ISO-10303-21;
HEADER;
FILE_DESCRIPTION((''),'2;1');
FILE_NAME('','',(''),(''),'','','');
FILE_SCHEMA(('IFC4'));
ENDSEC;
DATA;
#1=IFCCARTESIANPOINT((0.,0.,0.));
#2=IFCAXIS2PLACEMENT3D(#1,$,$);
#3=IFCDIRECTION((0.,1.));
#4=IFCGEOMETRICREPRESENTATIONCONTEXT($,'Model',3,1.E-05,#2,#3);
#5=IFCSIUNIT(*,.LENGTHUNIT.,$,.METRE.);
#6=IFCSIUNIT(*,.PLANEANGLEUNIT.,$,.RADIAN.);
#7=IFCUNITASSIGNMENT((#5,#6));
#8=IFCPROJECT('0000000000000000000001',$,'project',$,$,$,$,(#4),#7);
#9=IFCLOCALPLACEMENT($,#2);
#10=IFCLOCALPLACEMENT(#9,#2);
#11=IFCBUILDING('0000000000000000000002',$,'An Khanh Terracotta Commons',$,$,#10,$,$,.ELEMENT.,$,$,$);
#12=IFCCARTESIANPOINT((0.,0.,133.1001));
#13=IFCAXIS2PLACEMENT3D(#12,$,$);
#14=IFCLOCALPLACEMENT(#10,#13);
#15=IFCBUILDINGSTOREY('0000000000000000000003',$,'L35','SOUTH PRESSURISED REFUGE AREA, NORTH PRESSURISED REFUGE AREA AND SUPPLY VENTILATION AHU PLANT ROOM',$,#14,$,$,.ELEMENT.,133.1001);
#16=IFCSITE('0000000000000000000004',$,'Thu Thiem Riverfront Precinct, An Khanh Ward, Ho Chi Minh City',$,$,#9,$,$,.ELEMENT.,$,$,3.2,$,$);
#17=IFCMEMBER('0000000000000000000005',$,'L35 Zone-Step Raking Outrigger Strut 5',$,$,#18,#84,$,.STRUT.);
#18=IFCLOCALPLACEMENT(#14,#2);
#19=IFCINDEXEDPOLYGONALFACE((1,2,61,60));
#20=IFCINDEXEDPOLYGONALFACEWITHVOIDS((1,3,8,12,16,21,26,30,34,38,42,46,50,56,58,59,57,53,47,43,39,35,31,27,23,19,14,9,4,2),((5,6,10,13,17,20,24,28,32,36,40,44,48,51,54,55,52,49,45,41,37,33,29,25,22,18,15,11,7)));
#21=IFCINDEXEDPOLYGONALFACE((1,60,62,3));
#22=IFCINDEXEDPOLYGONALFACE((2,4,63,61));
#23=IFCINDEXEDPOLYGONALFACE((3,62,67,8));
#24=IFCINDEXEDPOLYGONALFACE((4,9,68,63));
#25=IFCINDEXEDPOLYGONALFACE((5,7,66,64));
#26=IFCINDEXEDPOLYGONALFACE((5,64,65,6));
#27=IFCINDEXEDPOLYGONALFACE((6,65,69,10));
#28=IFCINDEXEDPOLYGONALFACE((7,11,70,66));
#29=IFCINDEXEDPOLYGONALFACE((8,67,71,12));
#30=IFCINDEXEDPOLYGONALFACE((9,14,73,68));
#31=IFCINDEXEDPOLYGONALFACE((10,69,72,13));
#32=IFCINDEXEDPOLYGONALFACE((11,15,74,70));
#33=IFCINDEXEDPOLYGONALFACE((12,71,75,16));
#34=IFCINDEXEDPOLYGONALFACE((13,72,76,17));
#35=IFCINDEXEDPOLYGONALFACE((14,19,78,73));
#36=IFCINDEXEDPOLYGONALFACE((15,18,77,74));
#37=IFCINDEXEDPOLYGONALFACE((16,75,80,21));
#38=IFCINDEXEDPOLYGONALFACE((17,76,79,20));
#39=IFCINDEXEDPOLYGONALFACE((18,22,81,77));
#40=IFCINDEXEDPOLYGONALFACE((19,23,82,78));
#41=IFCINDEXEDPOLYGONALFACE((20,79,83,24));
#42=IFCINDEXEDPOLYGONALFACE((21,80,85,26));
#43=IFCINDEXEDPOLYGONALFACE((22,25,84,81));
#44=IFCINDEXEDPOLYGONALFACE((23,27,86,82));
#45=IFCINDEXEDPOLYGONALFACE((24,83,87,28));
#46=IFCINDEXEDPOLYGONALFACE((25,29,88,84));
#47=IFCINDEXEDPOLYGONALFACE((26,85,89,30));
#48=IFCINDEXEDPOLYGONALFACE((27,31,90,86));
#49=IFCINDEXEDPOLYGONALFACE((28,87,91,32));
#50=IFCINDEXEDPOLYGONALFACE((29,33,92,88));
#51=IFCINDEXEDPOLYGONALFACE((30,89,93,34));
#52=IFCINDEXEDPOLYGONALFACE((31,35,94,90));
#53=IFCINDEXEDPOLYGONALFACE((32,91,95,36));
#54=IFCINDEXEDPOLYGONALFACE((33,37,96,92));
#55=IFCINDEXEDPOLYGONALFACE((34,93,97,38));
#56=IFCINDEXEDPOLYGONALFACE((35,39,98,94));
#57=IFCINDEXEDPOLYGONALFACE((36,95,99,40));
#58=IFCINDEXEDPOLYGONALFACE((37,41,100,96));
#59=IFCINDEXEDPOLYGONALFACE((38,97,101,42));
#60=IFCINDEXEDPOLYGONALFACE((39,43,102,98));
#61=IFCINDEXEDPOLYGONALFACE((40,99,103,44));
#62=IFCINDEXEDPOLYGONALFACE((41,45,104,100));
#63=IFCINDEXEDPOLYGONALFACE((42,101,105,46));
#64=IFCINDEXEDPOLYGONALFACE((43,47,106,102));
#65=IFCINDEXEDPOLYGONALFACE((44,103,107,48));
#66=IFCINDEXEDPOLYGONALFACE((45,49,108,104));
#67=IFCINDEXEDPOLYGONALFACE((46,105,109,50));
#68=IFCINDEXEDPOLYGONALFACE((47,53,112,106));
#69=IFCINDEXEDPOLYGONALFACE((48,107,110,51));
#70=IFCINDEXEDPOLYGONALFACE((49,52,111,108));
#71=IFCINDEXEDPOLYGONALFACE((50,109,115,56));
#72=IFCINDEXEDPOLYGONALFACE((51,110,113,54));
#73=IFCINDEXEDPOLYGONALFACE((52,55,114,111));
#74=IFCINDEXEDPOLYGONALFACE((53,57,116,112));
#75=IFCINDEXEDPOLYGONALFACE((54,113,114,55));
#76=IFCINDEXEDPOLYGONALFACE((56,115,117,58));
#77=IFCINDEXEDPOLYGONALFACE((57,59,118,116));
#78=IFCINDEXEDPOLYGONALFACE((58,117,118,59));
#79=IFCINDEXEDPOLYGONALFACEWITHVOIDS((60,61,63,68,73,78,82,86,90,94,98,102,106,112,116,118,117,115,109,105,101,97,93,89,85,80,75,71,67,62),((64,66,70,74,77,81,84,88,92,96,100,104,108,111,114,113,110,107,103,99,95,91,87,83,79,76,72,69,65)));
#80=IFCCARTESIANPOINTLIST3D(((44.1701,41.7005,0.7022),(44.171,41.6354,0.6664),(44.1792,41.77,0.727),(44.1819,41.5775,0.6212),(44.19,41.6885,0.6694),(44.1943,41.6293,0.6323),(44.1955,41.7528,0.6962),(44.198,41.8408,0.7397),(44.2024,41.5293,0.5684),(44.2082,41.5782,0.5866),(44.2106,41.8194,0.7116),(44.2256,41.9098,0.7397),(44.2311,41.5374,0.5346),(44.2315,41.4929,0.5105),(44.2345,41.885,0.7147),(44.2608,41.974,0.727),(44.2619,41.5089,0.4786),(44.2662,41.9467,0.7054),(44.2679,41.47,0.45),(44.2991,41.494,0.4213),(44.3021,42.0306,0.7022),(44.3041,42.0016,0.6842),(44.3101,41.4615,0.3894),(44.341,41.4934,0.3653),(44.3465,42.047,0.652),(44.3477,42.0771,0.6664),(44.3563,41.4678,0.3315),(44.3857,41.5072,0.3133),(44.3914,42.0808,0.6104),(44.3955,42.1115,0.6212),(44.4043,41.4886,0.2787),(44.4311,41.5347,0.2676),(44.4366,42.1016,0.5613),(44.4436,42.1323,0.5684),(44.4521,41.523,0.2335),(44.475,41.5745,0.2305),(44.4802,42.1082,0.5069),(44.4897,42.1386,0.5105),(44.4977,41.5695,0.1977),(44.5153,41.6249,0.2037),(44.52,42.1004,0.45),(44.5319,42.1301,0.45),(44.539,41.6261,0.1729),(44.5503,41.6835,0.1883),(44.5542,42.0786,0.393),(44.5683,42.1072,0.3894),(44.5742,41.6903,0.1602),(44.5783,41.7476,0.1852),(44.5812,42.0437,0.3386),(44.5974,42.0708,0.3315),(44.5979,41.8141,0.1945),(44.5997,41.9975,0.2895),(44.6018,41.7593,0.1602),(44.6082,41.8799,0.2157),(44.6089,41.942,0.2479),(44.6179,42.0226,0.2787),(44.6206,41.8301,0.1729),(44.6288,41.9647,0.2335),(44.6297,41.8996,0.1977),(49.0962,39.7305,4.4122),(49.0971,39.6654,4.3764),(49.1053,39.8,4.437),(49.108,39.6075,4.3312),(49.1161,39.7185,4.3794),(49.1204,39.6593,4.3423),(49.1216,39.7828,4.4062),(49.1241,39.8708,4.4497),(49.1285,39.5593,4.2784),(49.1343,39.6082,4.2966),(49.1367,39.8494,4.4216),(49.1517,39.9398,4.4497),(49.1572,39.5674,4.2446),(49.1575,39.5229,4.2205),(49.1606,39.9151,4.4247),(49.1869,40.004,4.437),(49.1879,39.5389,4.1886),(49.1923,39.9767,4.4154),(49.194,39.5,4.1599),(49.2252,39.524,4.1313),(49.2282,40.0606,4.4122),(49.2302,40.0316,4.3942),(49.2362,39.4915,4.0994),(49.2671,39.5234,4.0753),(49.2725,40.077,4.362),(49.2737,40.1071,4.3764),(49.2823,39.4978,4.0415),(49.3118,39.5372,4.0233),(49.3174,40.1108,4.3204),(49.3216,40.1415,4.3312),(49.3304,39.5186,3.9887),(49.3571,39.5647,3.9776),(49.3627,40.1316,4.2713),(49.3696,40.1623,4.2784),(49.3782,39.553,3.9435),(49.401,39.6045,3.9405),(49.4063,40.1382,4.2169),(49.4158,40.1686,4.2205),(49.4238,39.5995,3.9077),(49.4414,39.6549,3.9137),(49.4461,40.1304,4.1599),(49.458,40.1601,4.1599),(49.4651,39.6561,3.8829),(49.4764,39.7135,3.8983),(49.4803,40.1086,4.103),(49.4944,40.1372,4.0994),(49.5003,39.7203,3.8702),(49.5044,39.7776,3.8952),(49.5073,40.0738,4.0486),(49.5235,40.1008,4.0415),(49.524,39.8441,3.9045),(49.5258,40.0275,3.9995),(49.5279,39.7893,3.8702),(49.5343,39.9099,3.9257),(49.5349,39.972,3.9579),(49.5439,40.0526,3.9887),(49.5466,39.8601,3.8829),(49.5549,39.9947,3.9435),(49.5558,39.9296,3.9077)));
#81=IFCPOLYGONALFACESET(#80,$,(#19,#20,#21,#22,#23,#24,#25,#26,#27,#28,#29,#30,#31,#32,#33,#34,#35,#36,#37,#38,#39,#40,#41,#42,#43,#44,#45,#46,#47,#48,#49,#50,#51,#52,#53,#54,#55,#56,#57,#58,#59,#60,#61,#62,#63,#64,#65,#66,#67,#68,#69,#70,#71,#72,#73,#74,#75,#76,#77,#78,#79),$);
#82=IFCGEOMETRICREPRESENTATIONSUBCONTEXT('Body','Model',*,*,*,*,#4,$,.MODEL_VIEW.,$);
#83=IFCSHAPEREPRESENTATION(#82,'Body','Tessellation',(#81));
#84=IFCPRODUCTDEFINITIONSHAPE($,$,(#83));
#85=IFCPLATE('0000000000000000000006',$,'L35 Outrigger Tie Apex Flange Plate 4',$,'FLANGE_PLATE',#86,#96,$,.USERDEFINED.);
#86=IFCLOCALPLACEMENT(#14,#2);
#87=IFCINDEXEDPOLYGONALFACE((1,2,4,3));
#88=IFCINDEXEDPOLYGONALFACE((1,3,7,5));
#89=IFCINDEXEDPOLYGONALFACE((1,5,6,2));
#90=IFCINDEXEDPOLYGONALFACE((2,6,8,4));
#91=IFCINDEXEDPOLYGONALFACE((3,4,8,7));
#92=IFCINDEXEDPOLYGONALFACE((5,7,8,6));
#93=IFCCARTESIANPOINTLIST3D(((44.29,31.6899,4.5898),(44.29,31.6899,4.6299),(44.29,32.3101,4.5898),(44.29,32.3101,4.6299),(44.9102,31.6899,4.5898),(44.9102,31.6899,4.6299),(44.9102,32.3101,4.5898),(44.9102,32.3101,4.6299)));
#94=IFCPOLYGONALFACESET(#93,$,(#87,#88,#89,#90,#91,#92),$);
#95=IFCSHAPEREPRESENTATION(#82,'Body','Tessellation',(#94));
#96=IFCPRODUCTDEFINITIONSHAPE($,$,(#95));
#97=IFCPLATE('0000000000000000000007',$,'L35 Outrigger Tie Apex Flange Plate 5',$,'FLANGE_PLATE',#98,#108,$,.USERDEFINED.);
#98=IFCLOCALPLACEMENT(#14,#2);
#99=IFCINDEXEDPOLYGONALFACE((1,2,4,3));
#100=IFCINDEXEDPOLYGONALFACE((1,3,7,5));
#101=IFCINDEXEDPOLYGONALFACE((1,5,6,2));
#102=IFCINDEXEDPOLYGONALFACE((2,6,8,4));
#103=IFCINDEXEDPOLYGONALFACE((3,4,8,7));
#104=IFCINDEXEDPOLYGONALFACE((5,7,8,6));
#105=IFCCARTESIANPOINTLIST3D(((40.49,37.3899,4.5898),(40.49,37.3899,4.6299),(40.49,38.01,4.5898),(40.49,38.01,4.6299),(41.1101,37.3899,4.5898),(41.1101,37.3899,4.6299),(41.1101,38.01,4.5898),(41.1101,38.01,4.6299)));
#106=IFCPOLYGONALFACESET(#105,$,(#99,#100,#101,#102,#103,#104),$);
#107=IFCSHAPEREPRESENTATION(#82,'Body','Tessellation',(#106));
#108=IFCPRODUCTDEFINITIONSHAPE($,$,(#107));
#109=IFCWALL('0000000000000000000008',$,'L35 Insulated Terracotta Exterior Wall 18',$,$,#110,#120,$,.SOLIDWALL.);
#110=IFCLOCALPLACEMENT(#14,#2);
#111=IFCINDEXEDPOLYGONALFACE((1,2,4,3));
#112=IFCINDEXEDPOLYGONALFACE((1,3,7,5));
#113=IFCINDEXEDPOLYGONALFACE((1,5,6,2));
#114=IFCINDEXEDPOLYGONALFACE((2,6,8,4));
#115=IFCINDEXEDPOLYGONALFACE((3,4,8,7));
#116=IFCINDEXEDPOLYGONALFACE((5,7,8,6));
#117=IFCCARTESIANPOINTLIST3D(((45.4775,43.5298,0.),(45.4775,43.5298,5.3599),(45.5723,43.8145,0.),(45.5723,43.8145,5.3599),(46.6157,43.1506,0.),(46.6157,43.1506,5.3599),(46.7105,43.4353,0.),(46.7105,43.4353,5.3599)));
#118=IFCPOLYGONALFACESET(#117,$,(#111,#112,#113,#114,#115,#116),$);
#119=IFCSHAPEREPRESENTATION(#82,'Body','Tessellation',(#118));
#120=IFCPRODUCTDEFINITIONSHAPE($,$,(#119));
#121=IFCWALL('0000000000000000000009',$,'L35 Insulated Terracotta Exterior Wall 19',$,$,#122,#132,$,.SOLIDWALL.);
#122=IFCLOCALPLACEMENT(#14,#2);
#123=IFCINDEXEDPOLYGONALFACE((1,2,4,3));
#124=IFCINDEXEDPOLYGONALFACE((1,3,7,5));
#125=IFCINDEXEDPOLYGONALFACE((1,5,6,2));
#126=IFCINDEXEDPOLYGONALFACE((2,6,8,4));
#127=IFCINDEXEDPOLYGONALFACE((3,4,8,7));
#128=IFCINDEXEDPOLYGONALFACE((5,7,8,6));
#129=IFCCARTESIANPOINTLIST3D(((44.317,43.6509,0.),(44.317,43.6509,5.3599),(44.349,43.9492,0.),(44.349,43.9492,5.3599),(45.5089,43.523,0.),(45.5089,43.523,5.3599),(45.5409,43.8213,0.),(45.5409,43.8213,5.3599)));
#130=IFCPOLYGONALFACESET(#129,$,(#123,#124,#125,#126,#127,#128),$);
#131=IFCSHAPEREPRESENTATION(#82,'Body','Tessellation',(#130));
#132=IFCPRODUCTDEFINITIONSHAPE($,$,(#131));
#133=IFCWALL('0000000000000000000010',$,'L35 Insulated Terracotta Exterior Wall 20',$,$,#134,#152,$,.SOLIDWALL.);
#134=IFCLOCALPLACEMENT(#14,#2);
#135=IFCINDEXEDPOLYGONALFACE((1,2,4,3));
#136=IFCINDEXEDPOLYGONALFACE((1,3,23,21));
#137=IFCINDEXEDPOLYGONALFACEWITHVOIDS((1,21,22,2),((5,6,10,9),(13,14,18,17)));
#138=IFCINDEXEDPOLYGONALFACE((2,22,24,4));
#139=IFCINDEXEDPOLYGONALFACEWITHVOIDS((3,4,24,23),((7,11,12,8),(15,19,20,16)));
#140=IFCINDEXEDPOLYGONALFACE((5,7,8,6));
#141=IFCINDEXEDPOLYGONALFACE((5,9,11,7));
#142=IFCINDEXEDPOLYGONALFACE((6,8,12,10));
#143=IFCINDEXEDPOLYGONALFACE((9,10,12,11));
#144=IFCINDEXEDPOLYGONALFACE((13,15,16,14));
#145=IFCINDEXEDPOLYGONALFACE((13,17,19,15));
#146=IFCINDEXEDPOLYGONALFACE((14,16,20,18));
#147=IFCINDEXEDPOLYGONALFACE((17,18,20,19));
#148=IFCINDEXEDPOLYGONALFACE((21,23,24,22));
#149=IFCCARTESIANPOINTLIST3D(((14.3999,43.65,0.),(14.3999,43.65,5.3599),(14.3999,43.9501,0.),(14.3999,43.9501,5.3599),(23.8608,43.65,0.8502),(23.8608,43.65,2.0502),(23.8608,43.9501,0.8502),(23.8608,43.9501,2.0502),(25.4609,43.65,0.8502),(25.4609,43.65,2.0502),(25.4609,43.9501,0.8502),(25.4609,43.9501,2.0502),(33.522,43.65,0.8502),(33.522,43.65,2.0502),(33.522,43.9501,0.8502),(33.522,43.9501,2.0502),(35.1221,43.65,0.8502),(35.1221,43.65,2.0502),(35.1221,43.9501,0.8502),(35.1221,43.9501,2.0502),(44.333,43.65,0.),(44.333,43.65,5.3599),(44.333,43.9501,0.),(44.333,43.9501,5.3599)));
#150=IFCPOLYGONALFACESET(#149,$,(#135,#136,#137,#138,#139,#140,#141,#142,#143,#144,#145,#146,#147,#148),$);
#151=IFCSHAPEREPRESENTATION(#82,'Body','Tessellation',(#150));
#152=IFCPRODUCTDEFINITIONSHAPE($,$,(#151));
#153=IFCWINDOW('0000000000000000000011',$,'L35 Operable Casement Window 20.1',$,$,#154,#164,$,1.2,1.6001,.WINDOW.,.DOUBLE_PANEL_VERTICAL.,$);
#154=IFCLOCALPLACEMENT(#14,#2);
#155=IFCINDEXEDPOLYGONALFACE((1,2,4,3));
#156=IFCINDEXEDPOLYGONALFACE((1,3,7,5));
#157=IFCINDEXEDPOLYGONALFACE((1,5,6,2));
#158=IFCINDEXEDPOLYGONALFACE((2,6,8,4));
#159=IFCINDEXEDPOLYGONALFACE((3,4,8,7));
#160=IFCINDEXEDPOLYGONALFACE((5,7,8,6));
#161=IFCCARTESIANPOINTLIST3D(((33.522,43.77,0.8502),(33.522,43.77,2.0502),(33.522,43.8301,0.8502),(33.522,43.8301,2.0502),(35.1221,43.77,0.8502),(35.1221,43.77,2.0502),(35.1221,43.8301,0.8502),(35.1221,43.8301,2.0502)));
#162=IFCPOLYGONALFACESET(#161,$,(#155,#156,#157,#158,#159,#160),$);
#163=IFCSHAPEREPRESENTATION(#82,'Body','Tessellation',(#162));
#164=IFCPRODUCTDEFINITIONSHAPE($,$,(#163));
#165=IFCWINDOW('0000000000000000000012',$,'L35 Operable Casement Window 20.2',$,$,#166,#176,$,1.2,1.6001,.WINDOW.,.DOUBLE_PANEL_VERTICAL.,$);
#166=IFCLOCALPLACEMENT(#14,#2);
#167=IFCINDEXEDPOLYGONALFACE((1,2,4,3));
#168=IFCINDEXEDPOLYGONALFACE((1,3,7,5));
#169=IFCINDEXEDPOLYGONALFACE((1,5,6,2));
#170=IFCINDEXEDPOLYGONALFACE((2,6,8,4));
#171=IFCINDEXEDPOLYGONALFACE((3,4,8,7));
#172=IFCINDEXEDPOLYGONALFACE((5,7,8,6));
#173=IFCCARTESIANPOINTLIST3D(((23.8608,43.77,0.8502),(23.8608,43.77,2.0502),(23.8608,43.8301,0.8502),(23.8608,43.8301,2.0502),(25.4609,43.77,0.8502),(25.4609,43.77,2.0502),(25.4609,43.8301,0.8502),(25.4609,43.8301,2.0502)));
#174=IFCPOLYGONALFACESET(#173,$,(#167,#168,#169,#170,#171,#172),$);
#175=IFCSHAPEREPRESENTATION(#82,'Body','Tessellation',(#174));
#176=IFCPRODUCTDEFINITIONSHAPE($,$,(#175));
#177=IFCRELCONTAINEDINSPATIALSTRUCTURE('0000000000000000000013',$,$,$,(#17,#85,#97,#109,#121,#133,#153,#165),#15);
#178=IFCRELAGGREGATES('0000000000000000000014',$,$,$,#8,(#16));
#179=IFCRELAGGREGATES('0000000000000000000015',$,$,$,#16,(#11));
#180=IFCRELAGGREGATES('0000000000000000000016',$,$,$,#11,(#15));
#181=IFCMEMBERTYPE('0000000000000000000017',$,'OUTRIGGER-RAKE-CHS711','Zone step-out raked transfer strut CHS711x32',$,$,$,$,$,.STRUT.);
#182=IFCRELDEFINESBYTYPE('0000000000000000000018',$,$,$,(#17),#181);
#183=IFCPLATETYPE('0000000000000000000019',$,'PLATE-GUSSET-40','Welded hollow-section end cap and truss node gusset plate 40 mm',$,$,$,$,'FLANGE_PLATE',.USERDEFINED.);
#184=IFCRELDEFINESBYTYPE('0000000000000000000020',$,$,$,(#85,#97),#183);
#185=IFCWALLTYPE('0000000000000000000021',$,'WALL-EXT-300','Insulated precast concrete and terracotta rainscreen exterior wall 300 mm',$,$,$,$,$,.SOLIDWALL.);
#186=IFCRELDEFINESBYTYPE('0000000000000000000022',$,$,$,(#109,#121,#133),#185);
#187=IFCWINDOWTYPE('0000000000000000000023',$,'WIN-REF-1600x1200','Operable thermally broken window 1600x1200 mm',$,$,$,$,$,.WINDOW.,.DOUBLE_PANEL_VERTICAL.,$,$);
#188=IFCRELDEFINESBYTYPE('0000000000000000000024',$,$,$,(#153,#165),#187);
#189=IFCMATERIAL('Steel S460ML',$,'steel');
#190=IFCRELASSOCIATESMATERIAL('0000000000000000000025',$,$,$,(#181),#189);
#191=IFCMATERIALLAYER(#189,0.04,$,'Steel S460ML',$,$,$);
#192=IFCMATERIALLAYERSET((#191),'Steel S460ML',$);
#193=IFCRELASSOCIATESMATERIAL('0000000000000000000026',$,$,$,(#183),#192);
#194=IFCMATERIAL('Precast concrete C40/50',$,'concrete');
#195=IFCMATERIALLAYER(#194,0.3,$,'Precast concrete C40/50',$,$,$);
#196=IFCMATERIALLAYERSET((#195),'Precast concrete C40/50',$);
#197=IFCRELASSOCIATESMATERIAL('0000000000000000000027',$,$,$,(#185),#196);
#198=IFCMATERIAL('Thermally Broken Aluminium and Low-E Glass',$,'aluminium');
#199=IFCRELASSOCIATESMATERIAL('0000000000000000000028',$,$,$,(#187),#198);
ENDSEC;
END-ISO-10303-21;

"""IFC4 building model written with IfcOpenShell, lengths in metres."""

from ifc_helpers import new_model, si_unit, direction, frame, frame_2d, origin, origin_2d, place, context, subcontext, project, spatial, rectangle, hollow_circle, extrude, material, layer, layer_set, material_profile, profile_set, type_object, element, fill, save


model = new_model("IFC4")

# Units and contexts
model_context = context("Model", 3, precision=1e-05, world=origin(), true_north=direction((0.0, 1.0)))
body_context = subcontext(model_context, "Body", "Model", "MODEL_VIEW")
ifc_project = project(units=[si_unit("LENGTHUNIT", "METRE"), si_unit("PLANEANGLEUNIT", "RADIAN")], contexts=[model_context])

# Site, building, storey
site_placement = place(None, origin())
site = spatial("IfcSite", under=ifc_project, at=site_placement, Name="Thu Thiem Riverfront Precinct, An Khanh Ward, Ho Chi Minh City", CompositionType="ELEMENT", RefElevation=3.2)
building_placement = place(site_placement, origin())
building = spatial("IfcBuilding", under=site, at=building_placement, Name="An Khanh Terracotta Commons", CompositionType="ELEMENT")
storey_placement = place(building_placement, frame((0.0, 0.0, 133.1001)))
storey = spatial("IfcBuildingStorey", under=building, at=storey_placement, Name="L35", Description="SOUTH PRESSURISED REFUGE AREA, NORTH PRESSURISED REFUGE AREA AND SUPPLY VENTILATION AHU PLANT ROOM", CompositionType="ELEMENT", Elevation=133.1001)

# Shared definitions
ifc_material_1 = material(Name="Steel S460ML", Category="steel")

# Member
ifc_material_profile_1 = material_profile(ifc_material_1, hollow_circle(Radius=0.3555, WallThickness=0.032, at=origin_2d()), Name="CHS711x32")
ifc_profile_set_1 = profile_set([ifc_material_profile_1], Name="Steel S460ML")
member_type_1 = type_object("IfcMemberType", Name="OUTRIGGER-RAKE-CHS711", Description="Zone step-out raked transfer strut CHS711x32", PredefinedType="STRUT", material=ifc_profile_set_1)
member_1_placement = place(storey_placement, frame((44.3999, 41.8, 0.45), z_axis=(0.760915, -0.304298, 0.573072), x_axis=(0.371319, 0.928505, 0.0)))
element("IfcMember", 1, at=member_1_placement, inside=storey, type_object=member_type_1, Name="L35 Zone-Step Raking Outrigger Strut 5", PredefinedType="STRUT", context=body_context, shape_type="SweptSolid", body=[
    extrude(hollow_circle(Radius=0.3555, WallThickness=0.032, at=origin_2d()), origin(), (0.0, 0.0, 1.0), 6.4739),
])

# Plates
ifc_layer_1 = layer(ifc_material_1, 0.04, Name="Steel S460ML")
ifc_layer_set_1 = layer_set([ifc_layer_1], Name="Steel S460ML")
plate_type = type_object("IfcPlateType", Name="PLATE-GUSSET-40", Description="Welded hollow-section end cap and truss node gusset plate 40 mm", ElementType="FLANGE_PLATE", PredefinedType="USERDEFINED", material=ifc_layer_set_1)
for number, where, z_axis, x_axis, name in (
    (2, (44.6001, 32.0, 4.5898), (0.0, 0.0, 1.0), (1.0, 0.0, 0.0), "L35 Outrigger Tie Apex Flange Plate 4"),
    (3, (40.8, 37.7, 4.5898), (0.0, 0.0, 1.0), (1.0, 0.0, 0.0), "L35 Outrigger Tie Apex Flange Plate 5"),
):
    element("IfcPlate", number, at=place(storey_placement, frame(where, z_axis=z_axis, x_axis=x_axis)), inside=storey, type_object=plate_type, Name=name, ObjectType="FLANGE_PLATE", PredefinedType="USERDEFINED", context=body_context, shape_type="SweptSolid", body=[
        extrude(rectangle(XDim=0.6201, YDim=0.6201, at=origin_2d()), origin(), (0.0, 0.0, 1.0), 0.04),
    ])

# Walls
ifc_material_2 = material(Name="Precast concrete C40/50", Category="concrete")
ifc_layer_2 = layer(ifc_material_2, 0.3, Name="Precast concrete C40/50")
ifc_layer_set_2 = layer_set([ifc_layer_2], Name="Precast concrete C40/50")
wall_type_1 = type_object("IfcWallType", Name="WALL-EXT-300", Description="Insulated precast concrete and terracotta rainscreen exterior wall 300 mm", PredefinedType="SOLIDWALL", material=ifc_layer_set_2)
wall_1_placement = place(storey_placement, frame((46.6631, 43.293, 0.0), z_axis=(0.0, 0.0, 1.0), x_axis=(-0.948744, 0.316045, 0.0)))
element("IfcWall", 4, at=wall_1_placement, inside=storey, type_object=wall_type_1, Name="L35 Insulated Terracotta Exterior Wall 18", PredefinedType="SOLIDWALL", context=body_context, shape_type="SweptSolid", body=[
    extrude(rectangle(XDim=1.1997, YDim=0.3, at=frame_2d((0.5999, 0.0))), origin(), (0.0, 0.0, 1.0), 5.3599),
])
wall_2_placement = place(storey_placement, frame((45.5249, 43.6721, 0.0), z_axis=(0.0, 0.0, 1.0), x_axis=(-0.994289, 0.10672, 0.0)))
element("IfcWall", 5, at=wall_2_placement, inside=storey, type_object=wall_type_1, Name="L35 Insulated Terracotta Exterior Wall 19", PredefinedType="SOLIDWALL", context=body_context, shape_type="SweptSolid", body=[
    extrude(rectangle(XDim=1.1987, YDim=0.3, at=frame_2d((0.5994, 0.0))), origin(), (0.0, 0.0, 1.0), 5.3599),
])

# Wall, openings, windows
wall_3_placement = place(storey_placement, frame((44.333, 43.8, 0.0), z_axis=(0.0, 0.0, 1.0), x_axis=(-1.0, 0.0, 0.0)))
wall_3 = element("IfcWall", 6, at=wall_3_placement, inside=storey, type_object=wall_type_1, Name="L35 Insulated Terracotta Exterior Wall 20", PredefinedType="SOLIDWALL", context=body_context, shape_type="SweptSolid", body=[
    extrude(rectangle(XDim=29.9331, YDim=0.3, at=frame_2d((14.9666, 0.0))), origin(), (0.0, 0.0, 1.0), 5.3599),
])
opening_1_placement = place(wall_3_placement, frame((9.2109, 0.0, 0.8501)))
opening_1 = element("IfcOpeningElement", 7, at=opening_1_placement, cuts=wall_3, PredefinedType="OPENING", context=body_context, shape_type="SweptSolid", body=[
    extrude(rectangle(XDim=1.6001, YDim=1.2, at=frame_2d((0.8, 0.6001))), frame((0.0, 0.1599, 0.0), z_axis=(0.0, -1.0, 0.0), x_axis=(1.0, 0.0, 0.0)), (0.0, 0.0, 1.0), 0.3201),
])
opening_2_placement = place(wall_3_placement, frame((18.8721, 0.0, 0.8501)))
opening_2 = element("IfcOpeningElement", 8, at=opening_2_placement, cuts=wall_3, PredefinedType="OPENING", context=body_context, shape_type="SweptSolid", body=[
    extrude(rectangle(XDim=1.6001, YDim=1.2, at=frame_2d((0.8, 0.6001))), frame((0.0, 0.1599, 0.0), z_axis=(0.0, -1.0, 0.0), x_axis=(1.0, 0.0, 0.0)), (0.0, 0.0, 1.0), 0.3201),
])
ifc_material_3 = material(Name="Thermally Broken Aluminium and Low-E Glass", Category="aluminium")
window_type = type_object("IfcWindowType", Name="WIN-REF-1600x1200", Description="Operable thermally broken window 1600x1200 mm", PartitioningType="DOUBLE_PANEL_VERTICAL", PredefinedType="WINDOW", material=ifc_material_3)
window_1_placement = place(opening_1_placement, origin())
window_1 = element("IfcWindow", 9, at=window_1_placement, inside=storey, type_object=window_type, Name="L35 Operable Casement Window 20.1", OverallHeight=1.2, OverallWidth=1.6001, PartitioningType="DOUBLE_PANEL_VERTICAL", PredefinedType="WINDOW", context=body_context, shape_type="SweptSolid", body=[
    extrude(rectangle(XDim=1.6001, YDim=1.2, at=frame_2d((0.8, 0.6001))), frame((0.0, 0.03, 0.0), z_axis=(0.0, -1.0, 0.0), x_axis=(1.0, 0.0, 0.0)), (0.0, 0.0, 1.0), 0.0601),
])
fill(opening_1, window_1)
window_2_placement = place(opening_2_placement, origin())
window_2 = element("IfcWindow", 10, at=window_2_placement, inside=storey, type_object=window_type, Name="L35 Operable Casement Window 20.2", OverallHeight=1.2, OverallWidth=1.6001, PartitioningType="DOUBLE_PANEL_VERTICAL", PredefinedType="WINDOW", context=body_context, shape_type="SweptSolid", body=[
    extrude(rectangle(XDim=1.6001, YDim=1.2, at=frame_2d((0.8, 0.6001))), frame((0.0, 0.03, 0.0), z_axis=(0.0, -1.0, 0.0), x_axis=(1.0, 0.0, 0.0)), (0.0, 0.0, 1.0), 0.0601),
])
fill(opening_2, window_2)

save(model, "model.ifc")
